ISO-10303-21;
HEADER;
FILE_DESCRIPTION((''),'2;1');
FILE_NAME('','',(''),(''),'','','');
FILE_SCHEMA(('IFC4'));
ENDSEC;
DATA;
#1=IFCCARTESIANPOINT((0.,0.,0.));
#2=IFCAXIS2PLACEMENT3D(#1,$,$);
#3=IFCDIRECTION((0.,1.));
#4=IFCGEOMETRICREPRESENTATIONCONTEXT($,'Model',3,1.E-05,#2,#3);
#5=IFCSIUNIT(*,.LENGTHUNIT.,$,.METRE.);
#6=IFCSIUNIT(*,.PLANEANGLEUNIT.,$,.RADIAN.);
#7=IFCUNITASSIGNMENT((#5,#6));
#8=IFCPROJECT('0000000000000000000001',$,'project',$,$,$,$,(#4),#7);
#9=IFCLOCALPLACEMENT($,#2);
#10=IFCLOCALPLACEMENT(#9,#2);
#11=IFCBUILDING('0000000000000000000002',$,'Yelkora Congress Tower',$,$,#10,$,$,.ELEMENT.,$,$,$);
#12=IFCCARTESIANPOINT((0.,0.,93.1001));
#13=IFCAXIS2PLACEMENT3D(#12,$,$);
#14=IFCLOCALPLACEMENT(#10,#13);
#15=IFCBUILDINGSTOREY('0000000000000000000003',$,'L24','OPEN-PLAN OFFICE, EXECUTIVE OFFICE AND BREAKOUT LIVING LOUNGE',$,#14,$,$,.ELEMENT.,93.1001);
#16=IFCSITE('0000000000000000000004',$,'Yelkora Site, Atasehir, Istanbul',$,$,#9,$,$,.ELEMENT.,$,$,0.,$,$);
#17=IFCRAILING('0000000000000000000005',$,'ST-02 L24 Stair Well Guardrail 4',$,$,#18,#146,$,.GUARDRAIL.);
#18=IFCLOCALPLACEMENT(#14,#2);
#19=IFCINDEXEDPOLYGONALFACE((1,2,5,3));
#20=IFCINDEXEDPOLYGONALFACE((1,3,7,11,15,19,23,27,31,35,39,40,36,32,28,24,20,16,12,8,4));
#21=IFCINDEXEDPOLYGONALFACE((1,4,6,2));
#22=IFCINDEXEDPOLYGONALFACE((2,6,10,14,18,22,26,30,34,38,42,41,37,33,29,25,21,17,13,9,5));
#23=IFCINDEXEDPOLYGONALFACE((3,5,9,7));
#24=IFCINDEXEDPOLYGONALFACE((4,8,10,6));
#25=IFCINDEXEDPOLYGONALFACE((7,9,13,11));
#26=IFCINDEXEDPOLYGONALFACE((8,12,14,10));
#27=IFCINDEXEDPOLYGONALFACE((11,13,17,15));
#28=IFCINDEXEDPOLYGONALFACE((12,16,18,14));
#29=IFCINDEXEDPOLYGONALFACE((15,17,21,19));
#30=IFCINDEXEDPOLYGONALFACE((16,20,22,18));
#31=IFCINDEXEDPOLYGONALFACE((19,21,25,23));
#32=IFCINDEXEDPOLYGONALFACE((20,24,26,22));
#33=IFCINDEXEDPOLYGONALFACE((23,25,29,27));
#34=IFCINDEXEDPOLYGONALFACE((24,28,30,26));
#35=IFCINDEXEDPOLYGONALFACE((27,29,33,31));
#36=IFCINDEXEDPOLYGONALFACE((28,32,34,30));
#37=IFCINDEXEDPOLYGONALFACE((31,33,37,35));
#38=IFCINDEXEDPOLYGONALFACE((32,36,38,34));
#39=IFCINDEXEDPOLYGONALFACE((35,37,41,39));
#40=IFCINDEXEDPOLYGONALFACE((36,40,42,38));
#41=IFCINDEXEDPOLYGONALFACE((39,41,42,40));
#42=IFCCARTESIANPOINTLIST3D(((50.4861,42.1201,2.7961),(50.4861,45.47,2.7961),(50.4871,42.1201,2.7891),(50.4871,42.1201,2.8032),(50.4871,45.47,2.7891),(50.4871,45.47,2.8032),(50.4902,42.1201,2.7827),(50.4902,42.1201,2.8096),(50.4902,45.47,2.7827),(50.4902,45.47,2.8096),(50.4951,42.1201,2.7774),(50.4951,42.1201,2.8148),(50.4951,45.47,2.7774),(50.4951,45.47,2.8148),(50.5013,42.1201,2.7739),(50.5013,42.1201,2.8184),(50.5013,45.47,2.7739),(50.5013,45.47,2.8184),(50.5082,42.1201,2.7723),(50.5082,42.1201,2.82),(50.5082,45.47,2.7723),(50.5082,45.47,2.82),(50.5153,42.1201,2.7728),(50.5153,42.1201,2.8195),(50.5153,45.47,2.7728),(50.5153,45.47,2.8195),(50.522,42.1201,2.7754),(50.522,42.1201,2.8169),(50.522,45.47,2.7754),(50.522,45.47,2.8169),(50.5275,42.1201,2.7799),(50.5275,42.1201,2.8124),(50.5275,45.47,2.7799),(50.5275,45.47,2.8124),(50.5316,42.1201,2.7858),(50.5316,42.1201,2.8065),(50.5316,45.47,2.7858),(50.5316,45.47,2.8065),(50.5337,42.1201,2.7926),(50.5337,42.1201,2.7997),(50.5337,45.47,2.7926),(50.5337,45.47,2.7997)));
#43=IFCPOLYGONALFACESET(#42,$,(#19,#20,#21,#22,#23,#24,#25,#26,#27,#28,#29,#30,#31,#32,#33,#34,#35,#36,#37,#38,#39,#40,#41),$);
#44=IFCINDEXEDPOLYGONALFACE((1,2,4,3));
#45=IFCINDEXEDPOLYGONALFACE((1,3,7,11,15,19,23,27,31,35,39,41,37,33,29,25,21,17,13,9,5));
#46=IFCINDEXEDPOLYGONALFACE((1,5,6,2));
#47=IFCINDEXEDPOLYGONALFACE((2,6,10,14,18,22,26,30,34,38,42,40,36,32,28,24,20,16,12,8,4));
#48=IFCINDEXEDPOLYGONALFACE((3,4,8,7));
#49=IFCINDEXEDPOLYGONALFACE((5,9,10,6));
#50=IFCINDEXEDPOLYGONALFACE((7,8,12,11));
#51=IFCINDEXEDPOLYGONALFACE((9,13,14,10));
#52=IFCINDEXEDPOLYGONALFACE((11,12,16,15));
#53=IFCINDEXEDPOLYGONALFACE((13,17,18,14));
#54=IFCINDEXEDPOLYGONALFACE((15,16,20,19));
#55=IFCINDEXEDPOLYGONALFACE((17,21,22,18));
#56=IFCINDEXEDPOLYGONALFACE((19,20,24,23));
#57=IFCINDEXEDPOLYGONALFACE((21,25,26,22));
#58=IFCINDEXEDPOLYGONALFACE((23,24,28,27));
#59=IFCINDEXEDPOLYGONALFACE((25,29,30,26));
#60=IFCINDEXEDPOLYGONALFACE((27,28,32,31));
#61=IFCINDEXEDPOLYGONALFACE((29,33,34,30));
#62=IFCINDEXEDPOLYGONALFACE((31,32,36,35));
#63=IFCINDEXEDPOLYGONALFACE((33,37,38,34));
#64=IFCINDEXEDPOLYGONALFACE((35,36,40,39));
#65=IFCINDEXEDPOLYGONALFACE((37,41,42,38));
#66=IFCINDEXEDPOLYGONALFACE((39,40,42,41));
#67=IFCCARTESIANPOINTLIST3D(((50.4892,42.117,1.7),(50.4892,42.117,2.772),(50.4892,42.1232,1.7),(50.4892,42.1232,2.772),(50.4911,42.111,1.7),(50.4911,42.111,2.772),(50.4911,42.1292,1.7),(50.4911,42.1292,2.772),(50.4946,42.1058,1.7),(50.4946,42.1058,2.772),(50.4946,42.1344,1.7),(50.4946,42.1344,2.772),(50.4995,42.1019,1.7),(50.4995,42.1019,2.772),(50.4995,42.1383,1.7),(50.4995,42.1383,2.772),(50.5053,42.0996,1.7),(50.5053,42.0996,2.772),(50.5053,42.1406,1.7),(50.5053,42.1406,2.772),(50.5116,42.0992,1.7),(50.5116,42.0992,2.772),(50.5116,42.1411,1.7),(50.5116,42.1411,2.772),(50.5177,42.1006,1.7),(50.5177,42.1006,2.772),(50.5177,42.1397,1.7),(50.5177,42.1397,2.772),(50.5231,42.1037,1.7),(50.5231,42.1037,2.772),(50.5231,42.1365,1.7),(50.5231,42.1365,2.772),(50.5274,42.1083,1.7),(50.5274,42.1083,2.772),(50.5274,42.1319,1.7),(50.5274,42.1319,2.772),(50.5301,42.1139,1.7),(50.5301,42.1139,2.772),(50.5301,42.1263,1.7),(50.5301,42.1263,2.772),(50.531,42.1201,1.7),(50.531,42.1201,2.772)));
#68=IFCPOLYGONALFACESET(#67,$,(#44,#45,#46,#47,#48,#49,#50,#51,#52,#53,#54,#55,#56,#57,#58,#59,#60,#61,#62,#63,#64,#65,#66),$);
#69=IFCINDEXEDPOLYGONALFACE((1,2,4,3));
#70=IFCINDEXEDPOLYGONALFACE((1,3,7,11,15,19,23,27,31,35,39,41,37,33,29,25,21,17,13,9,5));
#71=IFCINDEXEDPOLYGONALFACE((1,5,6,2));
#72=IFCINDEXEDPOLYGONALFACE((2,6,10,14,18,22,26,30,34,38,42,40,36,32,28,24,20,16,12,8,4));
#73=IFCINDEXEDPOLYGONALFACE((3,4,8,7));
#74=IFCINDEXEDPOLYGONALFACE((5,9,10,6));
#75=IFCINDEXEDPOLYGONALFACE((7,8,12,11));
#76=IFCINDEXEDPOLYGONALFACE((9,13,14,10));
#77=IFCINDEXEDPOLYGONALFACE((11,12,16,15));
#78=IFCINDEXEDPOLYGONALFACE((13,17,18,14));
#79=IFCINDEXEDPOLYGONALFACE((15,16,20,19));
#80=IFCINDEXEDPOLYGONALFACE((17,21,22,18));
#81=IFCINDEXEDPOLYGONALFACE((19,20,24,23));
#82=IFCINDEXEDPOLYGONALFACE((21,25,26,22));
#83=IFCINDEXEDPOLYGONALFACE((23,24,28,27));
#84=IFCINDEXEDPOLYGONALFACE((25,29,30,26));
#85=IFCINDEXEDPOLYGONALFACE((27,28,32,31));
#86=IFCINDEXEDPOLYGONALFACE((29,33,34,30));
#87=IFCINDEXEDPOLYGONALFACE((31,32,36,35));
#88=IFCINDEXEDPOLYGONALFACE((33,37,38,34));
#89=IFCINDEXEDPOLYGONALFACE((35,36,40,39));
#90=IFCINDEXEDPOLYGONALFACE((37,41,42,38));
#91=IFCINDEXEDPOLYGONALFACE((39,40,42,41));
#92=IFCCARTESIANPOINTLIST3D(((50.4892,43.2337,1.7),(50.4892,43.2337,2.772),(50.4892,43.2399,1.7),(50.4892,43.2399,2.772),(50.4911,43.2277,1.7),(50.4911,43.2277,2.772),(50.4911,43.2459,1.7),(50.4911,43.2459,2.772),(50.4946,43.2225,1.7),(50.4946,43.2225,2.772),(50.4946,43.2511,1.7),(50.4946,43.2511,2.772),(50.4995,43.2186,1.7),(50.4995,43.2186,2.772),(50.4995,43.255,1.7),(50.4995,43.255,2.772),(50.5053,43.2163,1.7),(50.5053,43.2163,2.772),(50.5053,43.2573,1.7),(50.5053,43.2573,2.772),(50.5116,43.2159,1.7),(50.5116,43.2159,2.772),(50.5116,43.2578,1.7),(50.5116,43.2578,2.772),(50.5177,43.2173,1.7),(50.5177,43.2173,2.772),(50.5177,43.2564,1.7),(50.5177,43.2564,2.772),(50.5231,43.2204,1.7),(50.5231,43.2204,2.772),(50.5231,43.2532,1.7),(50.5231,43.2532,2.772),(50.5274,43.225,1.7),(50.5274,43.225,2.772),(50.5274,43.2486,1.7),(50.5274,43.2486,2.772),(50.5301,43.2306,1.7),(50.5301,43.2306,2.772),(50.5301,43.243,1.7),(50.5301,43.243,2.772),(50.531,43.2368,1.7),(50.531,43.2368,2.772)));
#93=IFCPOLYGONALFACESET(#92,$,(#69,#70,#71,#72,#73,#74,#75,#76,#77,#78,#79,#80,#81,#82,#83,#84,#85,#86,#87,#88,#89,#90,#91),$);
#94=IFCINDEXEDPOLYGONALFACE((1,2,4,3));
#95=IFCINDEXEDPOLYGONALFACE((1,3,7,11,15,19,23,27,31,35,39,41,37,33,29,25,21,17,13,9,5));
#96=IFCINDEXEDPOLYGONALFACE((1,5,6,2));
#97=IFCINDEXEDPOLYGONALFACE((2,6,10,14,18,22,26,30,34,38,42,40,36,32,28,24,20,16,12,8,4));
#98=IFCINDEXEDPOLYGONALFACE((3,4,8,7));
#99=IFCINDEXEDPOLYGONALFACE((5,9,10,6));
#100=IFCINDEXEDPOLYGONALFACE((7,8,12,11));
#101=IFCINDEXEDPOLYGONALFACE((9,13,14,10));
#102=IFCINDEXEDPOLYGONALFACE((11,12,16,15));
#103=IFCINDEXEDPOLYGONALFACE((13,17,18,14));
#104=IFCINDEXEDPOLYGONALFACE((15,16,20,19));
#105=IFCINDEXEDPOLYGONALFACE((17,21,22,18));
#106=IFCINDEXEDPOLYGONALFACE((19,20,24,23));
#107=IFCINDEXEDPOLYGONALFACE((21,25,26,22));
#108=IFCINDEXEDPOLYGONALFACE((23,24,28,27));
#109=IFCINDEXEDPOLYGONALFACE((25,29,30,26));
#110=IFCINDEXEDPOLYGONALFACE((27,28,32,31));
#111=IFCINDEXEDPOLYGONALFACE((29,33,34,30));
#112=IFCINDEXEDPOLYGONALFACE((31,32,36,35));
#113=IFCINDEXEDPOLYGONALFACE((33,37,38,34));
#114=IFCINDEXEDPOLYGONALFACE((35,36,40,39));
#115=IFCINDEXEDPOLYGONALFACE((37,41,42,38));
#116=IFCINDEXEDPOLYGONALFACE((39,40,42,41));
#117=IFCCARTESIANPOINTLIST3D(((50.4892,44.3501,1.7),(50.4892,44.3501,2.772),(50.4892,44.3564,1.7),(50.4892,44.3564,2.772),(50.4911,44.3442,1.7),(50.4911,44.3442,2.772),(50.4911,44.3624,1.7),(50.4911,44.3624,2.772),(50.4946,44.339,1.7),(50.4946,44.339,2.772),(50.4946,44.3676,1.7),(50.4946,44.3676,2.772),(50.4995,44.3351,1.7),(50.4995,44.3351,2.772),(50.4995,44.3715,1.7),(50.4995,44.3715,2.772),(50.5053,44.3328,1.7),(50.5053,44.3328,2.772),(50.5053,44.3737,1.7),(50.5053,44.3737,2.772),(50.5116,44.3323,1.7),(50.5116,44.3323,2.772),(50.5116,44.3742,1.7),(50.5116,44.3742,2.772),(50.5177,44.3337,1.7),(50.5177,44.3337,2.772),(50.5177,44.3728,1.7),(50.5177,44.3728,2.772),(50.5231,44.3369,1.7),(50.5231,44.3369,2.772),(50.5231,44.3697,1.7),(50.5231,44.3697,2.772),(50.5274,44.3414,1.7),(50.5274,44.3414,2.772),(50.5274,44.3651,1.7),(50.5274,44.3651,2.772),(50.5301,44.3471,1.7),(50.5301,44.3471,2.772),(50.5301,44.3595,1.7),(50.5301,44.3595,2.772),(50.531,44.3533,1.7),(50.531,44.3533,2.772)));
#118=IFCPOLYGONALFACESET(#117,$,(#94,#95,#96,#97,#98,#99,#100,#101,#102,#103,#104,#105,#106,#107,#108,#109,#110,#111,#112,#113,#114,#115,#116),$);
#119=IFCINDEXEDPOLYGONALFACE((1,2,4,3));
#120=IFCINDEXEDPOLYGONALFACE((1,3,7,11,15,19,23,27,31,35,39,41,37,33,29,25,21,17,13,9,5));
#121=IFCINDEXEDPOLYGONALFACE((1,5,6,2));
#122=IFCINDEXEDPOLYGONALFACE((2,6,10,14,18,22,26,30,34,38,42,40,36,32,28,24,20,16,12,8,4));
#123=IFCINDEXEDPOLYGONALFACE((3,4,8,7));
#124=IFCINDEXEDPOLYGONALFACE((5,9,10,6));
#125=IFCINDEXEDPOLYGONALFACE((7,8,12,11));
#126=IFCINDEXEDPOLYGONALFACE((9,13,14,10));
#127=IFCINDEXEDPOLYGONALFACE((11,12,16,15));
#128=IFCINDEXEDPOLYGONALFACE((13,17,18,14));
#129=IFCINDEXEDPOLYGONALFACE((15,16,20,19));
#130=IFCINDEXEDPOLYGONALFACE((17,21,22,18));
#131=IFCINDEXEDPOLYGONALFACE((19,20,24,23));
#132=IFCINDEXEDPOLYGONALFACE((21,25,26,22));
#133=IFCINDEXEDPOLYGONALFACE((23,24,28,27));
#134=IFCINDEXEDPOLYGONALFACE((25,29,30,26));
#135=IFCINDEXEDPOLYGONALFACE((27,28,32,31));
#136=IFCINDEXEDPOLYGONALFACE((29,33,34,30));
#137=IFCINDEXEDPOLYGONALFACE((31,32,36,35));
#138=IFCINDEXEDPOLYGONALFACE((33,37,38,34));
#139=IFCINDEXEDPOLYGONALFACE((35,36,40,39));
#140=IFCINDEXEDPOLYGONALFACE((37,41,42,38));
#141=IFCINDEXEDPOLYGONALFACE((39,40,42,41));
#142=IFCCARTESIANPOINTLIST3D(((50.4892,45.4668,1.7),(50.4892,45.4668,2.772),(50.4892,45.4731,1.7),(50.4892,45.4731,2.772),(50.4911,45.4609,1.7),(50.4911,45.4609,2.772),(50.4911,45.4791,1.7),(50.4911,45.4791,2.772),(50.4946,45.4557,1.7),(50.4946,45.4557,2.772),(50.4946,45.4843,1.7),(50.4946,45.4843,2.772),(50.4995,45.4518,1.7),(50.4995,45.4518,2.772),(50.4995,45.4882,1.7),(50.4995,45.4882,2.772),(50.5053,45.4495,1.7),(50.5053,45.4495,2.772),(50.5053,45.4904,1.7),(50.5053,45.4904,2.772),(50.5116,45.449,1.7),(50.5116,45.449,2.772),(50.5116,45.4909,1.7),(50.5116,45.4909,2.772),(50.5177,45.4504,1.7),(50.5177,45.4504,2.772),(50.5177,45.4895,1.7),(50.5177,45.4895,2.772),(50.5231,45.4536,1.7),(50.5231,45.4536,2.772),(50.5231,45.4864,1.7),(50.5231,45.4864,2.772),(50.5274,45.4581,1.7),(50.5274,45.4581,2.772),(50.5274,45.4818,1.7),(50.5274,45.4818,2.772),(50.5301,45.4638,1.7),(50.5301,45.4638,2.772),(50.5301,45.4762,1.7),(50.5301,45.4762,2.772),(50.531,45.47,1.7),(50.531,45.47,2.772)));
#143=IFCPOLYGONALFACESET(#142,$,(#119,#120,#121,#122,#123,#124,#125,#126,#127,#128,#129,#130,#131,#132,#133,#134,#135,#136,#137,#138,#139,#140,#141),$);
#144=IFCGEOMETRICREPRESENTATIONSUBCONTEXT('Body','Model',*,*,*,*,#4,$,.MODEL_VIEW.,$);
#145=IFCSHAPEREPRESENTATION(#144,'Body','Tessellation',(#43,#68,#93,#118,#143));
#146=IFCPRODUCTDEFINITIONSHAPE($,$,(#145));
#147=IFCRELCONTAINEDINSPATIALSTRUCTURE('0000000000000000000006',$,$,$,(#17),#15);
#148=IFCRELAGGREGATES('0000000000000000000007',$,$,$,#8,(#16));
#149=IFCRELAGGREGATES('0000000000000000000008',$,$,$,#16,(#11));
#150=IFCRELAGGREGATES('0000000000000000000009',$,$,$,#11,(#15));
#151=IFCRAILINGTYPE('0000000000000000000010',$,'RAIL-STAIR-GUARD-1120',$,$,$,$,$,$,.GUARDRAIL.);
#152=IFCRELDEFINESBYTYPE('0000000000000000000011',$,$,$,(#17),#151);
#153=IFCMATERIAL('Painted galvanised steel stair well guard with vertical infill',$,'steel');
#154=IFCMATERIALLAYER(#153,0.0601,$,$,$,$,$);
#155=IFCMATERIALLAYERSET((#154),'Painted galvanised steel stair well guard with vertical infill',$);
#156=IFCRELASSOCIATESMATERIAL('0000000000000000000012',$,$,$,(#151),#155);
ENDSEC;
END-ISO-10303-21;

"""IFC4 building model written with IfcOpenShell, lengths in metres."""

from ifc_helpers import new_model, si_unit, direction, frame, origin, origin_2d, place, context, subcontext, project, spatial, circle, extrude, material, layer, layer_set, type_object, element, save


model = new_model("IFC4")

# Units and contexts
model_context = context("Model", 3, precision=1e-05, world=origin(), true_north=direction((0.0, 1.0)))
body_context = subcontext(model_context, "Body", "Model", "MODEL_VIEW")
ifc_project = project(units=[si_unit("LENGTHUNIT", "METRE"), si_unit("PLANEANGLEUNIT", "RADIAN")], contexts=[model_context])

# Site, building, storey
site_placement = place(None, origin())
site = spatial("IfcSite", under=ifc_project, at=site_placement, Name="Yelkora Site, Atasehir, Istanbul", CompositionType="ELEMENT", RefElevation=0.0)
building_placement = place(site_placement, origin())
building = spatial("IfcBuilding", under=site, at=building_placement, Name="Yelkora Congress Tower", CompositionType="ELEMENT")
storey_placement = place(building_placement, frame((0.0, 0.0, 93.1001)))
storey = spatial("IfcBuildingStorey", under=building, at=storey_placement, Name="L24", Description="OPEN-PLAN OFFICE, EXECUTIVE OFFICE AND BREAKOUT LIVING LOUNGE", CompositionType="ELEMENT", Elevation=93.1001)

# Railing
ifc_material_1 = material(Name="Painted galvanised steel stair well guard with vertical infill", Category="steel")
ifc_layer_1 = layer(ifc_material_1, 0.0601)
ifc_layer_set_1 = layer_set([ifc_layer_1], Name="Painted galvanised steel stair well guard with vertical infill")
railing_type_1 = type_object("IfcRailingType", Name="RAIL-STAIR-GUARD-1120", PredefinedType="GUARDRAIL", material=ifc_layer_set_1)
for number, where, name in (
    (1, (50.51, 42.1201, 1.7), "ST-02 L24 Stair Well Guardrail 4"),
):
    element("IfcRailing", number, at=place(storey_placement, frame(where)), inside=storey, type_object=railing_type_1, Name=name, PredefinedType="GUARDRAIL", context=body_context, shape_type="SweptSolid", body=[
        extrude(circle(Radius=0.0239, at=origin_2d()), frame((0.0, 0.0, 1.0962), z_axis=(0.0, 1.0, 0.0), x_axis=(-1.0, 0.0, 0.0)), (0.0, 0.0, 1.0), 3.3499),
        extrude(circle(Radius=0.021, at=origin_2d()), origin(), (0.0, 0.0, 1.0), 1.072),
        extrude(circle(Radius=0.021, at=origin_2d()), frame((0.0, 1.1167, 0.0)), (0.0, 0.0, 1.0), 1.072),
        extrude(circle(Radius=0.021, at=origin_2d()), frame((0.0, 2.2332, 0.0)), (0.0, 0.0, 1.0), 1.072),
        extrude(circle(Radius=0.021, at=origin_2d()), frame((0.0, 3.3499, 0.0)), (0.0, 0.0, 1.0), 1.072),
    ])

save(model, "model.ifc")
